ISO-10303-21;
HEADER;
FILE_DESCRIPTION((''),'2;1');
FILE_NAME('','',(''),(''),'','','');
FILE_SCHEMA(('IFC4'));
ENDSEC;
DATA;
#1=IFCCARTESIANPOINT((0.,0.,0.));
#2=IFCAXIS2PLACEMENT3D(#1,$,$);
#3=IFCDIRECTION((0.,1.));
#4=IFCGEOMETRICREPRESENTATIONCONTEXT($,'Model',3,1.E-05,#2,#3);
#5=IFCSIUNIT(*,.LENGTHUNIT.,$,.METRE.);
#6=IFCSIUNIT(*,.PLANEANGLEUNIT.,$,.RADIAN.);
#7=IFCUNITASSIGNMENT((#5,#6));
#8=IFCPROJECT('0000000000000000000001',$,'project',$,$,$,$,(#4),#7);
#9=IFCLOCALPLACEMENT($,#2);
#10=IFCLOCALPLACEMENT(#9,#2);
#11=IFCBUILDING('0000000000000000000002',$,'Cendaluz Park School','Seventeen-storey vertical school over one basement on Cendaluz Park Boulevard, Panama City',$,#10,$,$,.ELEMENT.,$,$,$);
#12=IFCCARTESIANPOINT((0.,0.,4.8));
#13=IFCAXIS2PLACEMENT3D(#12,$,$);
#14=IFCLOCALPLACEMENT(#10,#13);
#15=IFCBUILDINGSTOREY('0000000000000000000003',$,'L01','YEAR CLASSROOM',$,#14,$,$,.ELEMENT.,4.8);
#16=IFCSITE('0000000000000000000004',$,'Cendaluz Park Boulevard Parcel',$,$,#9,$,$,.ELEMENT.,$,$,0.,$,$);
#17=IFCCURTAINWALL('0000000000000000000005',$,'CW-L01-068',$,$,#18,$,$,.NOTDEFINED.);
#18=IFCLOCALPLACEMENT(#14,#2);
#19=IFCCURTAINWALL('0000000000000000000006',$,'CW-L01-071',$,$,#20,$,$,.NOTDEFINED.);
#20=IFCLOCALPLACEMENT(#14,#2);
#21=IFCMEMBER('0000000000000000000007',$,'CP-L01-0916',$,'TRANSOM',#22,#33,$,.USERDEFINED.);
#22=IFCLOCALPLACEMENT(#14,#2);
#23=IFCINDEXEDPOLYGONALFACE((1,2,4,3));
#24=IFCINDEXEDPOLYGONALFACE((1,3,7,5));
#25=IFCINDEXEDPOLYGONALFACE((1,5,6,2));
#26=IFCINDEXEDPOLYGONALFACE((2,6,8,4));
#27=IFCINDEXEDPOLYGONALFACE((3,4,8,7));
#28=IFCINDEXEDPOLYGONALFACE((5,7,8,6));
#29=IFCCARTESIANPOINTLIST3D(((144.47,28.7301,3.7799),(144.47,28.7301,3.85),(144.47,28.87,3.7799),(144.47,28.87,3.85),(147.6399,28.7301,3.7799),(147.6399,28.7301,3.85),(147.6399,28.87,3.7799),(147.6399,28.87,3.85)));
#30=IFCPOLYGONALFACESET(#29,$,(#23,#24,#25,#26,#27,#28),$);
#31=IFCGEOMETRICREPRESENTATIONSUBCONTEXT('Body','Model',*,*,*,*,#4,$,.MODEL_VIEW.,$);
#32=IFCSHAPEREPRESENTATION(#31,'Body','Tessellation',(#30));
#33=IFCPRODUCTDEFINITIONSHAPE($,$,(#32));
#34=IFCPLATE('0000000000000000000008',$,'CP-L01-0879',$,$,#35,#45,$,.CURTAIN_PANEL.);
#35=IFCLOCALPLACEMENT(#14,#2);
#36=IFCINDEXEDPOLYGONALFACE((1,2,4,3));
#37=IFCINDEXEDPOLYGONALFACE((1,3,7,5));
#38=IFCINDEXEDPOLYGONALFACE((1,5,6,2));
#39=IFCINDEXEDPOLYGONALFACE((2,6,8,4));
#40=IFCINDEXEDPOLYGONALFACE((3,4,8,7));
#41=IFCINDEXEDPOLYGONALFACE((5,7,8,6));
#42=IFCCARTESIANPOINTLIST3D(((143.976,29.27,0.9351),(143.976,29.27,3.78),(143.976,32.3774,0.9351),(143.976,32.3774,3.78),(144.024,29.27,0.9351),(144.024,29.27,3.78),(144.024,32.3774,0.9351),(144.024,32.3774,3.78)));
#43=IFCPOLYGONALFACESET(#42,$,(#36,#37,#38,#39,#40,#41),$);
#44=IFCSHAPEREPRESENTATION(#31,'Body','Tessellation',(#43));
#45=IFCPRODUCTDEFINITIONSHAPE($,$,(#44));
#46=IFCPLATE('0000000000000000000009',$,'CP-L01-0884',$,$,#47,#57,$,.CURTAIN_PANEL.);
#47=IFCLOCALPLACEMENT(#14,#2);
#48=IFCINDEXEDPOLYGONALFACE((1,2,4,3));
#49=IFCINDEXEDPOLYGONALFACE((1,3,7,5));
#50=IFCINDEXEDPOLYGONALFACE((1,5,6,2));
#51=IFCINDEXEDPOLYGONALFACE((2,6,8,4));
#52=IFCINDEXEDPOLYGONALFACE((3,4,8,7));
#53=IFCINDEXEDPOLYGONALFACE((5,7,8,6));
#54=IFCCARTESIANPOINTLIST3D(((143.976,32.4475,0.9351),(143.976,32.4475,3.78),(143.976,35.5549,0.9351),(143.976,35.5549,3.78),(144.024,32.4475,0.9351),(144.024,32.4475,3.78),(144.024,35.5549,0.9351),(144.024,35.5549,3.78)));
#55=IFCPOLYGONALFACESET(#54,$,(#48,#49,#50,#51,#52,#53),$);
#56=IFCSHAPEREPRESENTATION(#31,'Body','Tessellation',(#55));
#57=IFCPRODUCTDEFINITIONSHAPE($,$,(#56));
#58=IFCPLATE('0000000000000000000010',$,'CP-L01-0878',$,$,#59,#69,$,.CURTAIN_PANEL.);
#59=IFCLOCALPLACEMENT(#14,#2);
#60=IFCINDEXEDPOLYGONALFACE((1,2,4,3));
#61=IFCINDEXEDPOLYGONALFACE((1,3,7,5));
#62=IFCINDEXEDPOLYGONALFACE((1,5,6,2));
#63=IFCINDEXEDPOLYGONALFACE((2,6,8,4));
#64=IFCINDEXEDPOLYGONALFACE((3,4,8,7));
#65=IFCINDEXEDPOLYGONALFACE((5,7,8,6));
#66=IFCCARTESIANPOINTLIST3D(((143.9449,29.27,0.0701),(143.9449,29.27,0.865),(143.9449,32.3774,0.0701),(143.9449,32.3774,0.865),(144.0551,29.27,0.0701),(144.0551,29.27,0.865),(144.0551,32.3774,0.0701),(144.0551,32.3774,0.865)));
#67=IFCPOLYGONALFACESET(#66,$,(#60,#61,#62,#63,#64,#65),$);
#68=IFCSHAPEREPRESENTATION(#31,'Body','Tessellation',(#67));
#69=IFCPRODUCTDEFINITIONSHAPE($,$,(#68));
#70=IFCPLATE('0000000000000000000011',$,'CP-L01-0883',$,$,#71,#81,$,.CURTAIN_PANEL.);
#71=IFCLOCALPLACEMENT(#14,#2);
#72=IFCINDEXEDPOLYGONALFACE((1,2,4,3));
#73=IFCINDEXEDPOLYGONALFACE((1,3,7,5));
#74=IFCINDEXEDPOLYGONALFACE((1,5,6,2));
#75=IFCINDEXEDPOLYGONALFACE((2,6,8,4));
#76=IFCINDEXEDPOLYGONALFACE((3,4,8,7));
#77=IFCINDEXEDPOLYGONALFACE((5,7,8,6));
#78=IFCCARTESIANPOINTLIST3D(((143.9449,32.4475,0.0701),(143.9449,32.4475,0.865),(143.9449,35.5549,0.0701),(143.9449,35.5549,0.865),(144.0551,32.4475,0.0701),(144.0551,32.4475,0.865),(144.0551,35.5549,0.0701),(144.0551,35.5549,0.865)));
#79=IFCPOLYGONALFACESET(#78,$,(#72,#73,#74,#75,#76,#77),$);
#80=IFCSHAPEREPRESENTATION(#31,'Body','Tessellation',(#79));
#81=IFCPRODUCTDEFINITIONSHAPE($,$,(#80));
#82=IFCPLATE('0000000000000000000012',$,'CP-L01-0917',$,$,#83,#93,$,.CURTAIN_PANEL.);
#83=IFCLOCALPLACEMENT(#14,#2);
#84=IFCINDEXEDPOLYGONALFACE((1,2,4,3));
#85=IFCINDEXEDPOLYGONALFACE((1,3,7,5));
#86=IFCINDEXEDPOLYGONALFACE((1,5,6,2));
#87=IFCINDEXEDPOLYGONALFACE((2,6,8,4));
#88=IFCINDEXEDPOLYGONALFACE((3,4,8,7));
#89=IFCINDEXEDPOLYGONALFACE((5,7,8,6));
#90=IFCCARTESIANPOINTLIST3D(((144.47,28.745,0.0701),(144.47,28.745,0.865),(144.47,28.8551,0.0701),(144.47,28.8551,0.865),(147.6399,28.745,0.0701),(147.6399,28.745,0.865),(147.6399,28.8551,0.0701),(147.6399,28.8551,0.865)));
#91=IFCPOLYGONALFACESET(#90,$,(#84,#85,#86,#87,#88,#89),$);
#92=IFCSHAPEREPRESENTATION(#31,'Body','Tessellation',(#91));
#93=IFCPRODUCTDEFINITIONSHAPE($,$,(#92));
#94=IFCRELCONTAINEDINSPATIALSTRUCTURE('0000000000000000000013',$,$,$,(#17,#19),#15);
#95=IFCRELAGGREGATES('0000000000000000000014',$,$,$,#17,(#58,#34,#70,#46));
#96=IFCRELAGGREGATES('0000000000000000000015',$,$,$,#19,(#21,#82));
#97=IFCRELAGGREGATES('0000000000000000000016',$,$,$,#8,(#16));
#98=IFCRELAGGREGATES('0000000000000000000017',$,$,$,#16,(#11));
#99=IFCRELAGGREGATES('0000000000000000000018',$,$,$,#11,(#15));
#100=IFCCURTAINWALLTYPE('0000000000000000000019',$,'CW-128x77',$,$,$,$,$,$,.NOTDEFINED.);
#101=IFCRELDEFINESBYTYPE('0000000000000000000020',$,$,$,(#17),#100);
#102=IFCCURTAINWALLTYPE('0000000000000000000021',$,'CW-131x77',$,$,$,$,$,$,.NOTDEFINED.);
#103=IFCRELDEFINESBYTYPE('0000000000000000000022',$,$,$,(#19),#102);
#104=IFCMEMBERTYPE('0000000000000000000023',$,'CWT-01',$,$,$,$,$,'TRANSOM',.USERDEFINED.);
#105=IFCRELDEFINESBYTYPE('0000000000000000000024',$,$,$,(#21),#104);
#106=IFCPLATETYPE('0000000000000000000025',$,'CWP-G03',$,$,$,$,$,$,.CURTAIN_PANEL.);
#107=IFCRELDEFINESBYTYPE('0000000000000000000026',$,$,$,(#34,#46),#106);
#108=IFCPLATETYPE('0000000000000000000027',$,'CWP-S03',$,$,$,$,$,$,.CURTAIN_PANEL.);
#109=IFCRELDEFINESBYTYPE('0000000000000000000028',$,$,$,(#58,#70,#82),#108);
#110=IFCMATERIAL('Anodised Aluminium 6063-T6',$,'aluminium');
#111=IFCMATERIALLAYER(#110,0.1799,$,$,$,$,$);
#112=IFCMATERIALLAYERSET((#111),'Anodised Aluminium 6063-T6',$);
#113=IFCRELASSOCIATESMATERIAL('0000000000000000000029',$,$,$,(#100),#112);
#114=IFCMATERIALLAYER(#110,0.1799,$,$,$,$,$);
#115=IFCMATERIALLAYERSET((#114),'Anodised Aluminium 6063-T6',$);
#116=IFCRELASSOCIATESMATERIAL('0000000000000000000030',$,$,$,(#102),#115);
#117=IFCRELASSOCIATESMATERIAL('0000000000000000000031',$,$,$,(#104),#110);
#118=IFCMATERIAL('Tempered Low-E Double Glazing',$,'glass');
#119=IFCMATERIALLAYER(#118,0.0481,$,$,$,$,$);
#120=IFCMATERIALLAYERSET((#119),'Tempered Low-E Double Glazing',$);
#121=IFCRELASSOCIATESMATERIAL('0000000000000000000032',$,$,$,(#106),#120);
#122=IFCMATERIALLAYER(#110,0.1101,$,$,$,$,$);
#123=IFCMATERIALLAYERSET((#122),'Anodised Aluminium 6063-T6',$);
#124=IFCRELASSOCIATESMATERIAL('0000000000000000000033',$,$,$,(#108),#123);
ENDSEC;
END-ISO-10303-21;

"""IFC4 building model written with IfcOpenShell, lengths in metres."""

from ifc_helpers import new_model, si_unit, direction, frame, origin, origin_2d, place, context, subcontext, project, spatial, rectangle, extrude, material, layer, layer_set, material_profile, profile_set, type_object, element, aggregate, save


model = new_model("IFC4")

# Units and contexts
model_context = context("Model", 3, precision=1e-05, world=origin(), true_north=direction((0.0, 1.0)))
body_context = subcontext(model_context, "Body", "Model", "MODEL_VIEW")
ifc_project = project(units=[si_unit("LENGTHUNIT", "METRE"), si_unit("PLANEANGLEUNIT", "RADIAN")], contexts=[model_context])

# Site, building, storey
site_placement = place(None, origin())
site = spatial("IfcSite", under=ifc_project, at=site_placement, Name="Cendaluz Park Boulevard Parcel", CompositionType="ELEMENT", RefElevation=0.0)
building_placement = place(site_placement, origin())
building = spatial("IfcBuilding", under=site, at=building_placement, Name="Cendaluz Park School", Description="Seventeen-storey vertical school over one basement on Cendaluz Park Boulevard, Panama City", CompositionType="ELEMENT")
storey_placement = place(building_placement, frame((0.0, 0.0, 4.8)))
storey = spatial("IfcBuildingStorey", under=building, at=storey_placement, Name="L01", Description="YEAR CLASSROOM", CompositionType="ELEMENT", Elevation=4.8)

# Curtain wall
ifc_material_1 = material(Name="Anodised Aluminium 6063-T6", Category="aluminium")
ifc_layer_1 = layer(ifc_material_1, 0.1799)
ifc_layer_set_1 = layer_set([ifc_layer_1], Name="Anodised Aluminium 6063-T6")
curtain_wall_type_1 = type_object("IfcCurtainWallType", Name="CW-128x77", PredefinedType="NOTDEFINED", material=ifc_layer_set_1)
curtain_wall_1_placement = place(storey_placement, origin())
curtain_wall_1 = element("IfcCurtainWall", 1, at=curtain_wall_1_placement, inside=storey, type_object=curtain_wall_type_1, Name="CW-L01-068", PredefinedType="NOTDEFINED")

# Curtain wall
ifc_layer_2 = layer(ifc_material_1, 0.1799)
ifc_layer_set_2 = layer_set([ifc_layer_2], Name="Anodised Aluminium 6063-T6")
curtain_wall_type_2 = type_object("IfcCurtainWallType", Name="CW-131x77", PredefinedType="NOTDEFINED", material=ifc_layer_set_2)
curtain_wall_2_placement = place(storey_placement, origin())
curtain_wall_2 = element("IfcCurtainWall", 2, at=curtain_wall_2_placement, inside=storey, type_object=curtain_wall_type_2, Name="CW-L01-071", PredefinedType="NOTDEFINED")

# Member
ifc_material_profile_1 = material_profile(ifc_material_1, rectangle(XDim=0.1399, YDim=0.0701, at=origin_2d()), Name="CWT 140x70", Category="aluminium")
ifc_profile_set_1 = profile_set([ifc_material_profile_1], Name="Anodised Aluminium 6063-T6")
member_type_1 = type_object("IfcMemberType", Name="CWT-01", ElementType="TRANSOM", PredefinedType="USERDEFINED", material=ifc_profile_set_1)
member_1_placement = place(storey_placement, frame((144.47, 28.8, 3.8149), z_axis=(1.0, 0.0, 0.0), x_axis=(0.0, 1.0, 0.0)))
member_1 = element("IfcMember", 3, at=member_1_placement, type_object=member_type_1, Name="CP-L01-0916", ObjectType="TRANSOM", PredefinedType="USERDEFINED", context=body_context, shape_type="SweptSolid", body=[
    extrude(rectangle(XDim=0.1399, YDim=0.0701, at=origin_2d()), origin(), (0.0, 0.0, 1.0), 3.1699),
])

# Plates
ifc_material_2 = material(Name="Tempered Low-E Double Glazing", Category="glass")
ifc_layer_3 = layer(ifc_material_2, 0.0481)
ifc_layer_set_3 = layer_set([ifc_layer_3], Name="Tempered Low-E Double Glazing")
plate_type_1 = type_object("IfcPlateType", Name="CWP-G03", PredefinedType="CURTAIN_PANEL", material=ifc_layer_set_3)
plate_1_placement = place(storey_placement, frame((144.0, 30.8237, 0.9351), z_axis=(0.0, 0.0, 1.0), x_axis=(0.0, 1.0, 0.0)))
plate_1 = element("IfcPlate", 4, at=plate_1_placement, type_object=plate_type_1, Name="CP-L01-0879", PredefinedType="CURTAIN_PANEL", context=body_context, shape_type="SweptSolid", body=[
    extrude(rectangle(XDim=3.1074, YDim=0.0481, at=origin_2d()), origin(), (0.0, 0.0, 1.0), 2.845),
])
plate_2_placement = place(storey_placement, frame((144.0, 34.0012, 0.9351), z_axis=(0.0, 0.0, 1.0), x_axis=(0.0, 1.0, 0.0)))
plate_2 = element("IfcPlate", 5, at=plate_2_placement, type_object=plate_type_1, Name="CP-L01-0884", PredefinedType="CURTAIN_PANEL", context=body_context, shape_type="SweptSolid", body=[
    extrude(rectangle(XDim=3.1074, YDim=0.0481, at=origin_2d()), origin(), (0.0, 0.0, 1.0), 2.845),
])
ifc_layer_4 = layer(ifc_material_1, 0.1101)
ifc_layer_set_4 = layer_set([ifc_layer_4], Name="Anodised Aluminium 6063-T6")
plate_type_2 = type_object("IfcPlateType", Name="CWP-S03", PredefinedType="CURTAIN_PANEL", material=ifc_layer_set_4)
plate_3_placement = place(storey_placement, frame((144.0, 30.8237, 0.0701), z_axis=(0.0, 0.0, 1.0), x_axis=(0.0, 1.0, 0.0)))
plate_3 = element("IfcPlate", 6, at=plate_3_placement, type_object=plate_type_2, Name="CP-L01-0878", PredefinedType="CURTAIN_PANEL", context=body_context, shape_type="SweptSolid", body=[
    extrude(rectangle(XDim=3.1074, YDim=0.1101, at=origin_2d()), origin(), (0.0, 0.0, 1.0), 0.7949),
])
plate_4_placement = place(storey_placement, frame((144.0, 34.0012, 0.0701), z_axis=(0.0, 0.0, 1.0), x_axis=(0.0, 1.0, 0.0)))
plate_4 = element("IfcPlate", 7, at=plate_4_placement, type_object=plate_type_2, Name="CP-L01-0883", PredefinedType="CURTAIN_PANEL", context=body_context, shape_type="SweptSolid", body=[
    extrude(rectangle(XDim=3.1074, YDim=0.1101, at=origin_2d()), origin(), (0.0, 0.0, 1.0), 0.7949),
])
aggregate(curtain_wall_1, [plate_3, plate_1, plate_4, plate_2])
plate_5_placement = place(storey_placement, frame((146.0549, 28.8, 0.0701), z_axis=(0.0, 0.0, 1.0), x_axis=(1.0, 0.0, 0.0)))
plate_5 = element("IfcPlate", 8, at=plate_5_placement, type_object=plate_type_2, Name="CP-L01-0917", PredefinedType="CURTAIN_PANEL", context=body_context, shape_type="SweptSolid", body=[
    extrude(rectangle(XDim=3.1699, YDim=0.1101, at=origin_2d()), origin(), (0.0, 0.0, 1.0), 0.7949),
])
aggregate(curtain_wall_2, [member_1, plate_5])

save(model, "model.ifc")
